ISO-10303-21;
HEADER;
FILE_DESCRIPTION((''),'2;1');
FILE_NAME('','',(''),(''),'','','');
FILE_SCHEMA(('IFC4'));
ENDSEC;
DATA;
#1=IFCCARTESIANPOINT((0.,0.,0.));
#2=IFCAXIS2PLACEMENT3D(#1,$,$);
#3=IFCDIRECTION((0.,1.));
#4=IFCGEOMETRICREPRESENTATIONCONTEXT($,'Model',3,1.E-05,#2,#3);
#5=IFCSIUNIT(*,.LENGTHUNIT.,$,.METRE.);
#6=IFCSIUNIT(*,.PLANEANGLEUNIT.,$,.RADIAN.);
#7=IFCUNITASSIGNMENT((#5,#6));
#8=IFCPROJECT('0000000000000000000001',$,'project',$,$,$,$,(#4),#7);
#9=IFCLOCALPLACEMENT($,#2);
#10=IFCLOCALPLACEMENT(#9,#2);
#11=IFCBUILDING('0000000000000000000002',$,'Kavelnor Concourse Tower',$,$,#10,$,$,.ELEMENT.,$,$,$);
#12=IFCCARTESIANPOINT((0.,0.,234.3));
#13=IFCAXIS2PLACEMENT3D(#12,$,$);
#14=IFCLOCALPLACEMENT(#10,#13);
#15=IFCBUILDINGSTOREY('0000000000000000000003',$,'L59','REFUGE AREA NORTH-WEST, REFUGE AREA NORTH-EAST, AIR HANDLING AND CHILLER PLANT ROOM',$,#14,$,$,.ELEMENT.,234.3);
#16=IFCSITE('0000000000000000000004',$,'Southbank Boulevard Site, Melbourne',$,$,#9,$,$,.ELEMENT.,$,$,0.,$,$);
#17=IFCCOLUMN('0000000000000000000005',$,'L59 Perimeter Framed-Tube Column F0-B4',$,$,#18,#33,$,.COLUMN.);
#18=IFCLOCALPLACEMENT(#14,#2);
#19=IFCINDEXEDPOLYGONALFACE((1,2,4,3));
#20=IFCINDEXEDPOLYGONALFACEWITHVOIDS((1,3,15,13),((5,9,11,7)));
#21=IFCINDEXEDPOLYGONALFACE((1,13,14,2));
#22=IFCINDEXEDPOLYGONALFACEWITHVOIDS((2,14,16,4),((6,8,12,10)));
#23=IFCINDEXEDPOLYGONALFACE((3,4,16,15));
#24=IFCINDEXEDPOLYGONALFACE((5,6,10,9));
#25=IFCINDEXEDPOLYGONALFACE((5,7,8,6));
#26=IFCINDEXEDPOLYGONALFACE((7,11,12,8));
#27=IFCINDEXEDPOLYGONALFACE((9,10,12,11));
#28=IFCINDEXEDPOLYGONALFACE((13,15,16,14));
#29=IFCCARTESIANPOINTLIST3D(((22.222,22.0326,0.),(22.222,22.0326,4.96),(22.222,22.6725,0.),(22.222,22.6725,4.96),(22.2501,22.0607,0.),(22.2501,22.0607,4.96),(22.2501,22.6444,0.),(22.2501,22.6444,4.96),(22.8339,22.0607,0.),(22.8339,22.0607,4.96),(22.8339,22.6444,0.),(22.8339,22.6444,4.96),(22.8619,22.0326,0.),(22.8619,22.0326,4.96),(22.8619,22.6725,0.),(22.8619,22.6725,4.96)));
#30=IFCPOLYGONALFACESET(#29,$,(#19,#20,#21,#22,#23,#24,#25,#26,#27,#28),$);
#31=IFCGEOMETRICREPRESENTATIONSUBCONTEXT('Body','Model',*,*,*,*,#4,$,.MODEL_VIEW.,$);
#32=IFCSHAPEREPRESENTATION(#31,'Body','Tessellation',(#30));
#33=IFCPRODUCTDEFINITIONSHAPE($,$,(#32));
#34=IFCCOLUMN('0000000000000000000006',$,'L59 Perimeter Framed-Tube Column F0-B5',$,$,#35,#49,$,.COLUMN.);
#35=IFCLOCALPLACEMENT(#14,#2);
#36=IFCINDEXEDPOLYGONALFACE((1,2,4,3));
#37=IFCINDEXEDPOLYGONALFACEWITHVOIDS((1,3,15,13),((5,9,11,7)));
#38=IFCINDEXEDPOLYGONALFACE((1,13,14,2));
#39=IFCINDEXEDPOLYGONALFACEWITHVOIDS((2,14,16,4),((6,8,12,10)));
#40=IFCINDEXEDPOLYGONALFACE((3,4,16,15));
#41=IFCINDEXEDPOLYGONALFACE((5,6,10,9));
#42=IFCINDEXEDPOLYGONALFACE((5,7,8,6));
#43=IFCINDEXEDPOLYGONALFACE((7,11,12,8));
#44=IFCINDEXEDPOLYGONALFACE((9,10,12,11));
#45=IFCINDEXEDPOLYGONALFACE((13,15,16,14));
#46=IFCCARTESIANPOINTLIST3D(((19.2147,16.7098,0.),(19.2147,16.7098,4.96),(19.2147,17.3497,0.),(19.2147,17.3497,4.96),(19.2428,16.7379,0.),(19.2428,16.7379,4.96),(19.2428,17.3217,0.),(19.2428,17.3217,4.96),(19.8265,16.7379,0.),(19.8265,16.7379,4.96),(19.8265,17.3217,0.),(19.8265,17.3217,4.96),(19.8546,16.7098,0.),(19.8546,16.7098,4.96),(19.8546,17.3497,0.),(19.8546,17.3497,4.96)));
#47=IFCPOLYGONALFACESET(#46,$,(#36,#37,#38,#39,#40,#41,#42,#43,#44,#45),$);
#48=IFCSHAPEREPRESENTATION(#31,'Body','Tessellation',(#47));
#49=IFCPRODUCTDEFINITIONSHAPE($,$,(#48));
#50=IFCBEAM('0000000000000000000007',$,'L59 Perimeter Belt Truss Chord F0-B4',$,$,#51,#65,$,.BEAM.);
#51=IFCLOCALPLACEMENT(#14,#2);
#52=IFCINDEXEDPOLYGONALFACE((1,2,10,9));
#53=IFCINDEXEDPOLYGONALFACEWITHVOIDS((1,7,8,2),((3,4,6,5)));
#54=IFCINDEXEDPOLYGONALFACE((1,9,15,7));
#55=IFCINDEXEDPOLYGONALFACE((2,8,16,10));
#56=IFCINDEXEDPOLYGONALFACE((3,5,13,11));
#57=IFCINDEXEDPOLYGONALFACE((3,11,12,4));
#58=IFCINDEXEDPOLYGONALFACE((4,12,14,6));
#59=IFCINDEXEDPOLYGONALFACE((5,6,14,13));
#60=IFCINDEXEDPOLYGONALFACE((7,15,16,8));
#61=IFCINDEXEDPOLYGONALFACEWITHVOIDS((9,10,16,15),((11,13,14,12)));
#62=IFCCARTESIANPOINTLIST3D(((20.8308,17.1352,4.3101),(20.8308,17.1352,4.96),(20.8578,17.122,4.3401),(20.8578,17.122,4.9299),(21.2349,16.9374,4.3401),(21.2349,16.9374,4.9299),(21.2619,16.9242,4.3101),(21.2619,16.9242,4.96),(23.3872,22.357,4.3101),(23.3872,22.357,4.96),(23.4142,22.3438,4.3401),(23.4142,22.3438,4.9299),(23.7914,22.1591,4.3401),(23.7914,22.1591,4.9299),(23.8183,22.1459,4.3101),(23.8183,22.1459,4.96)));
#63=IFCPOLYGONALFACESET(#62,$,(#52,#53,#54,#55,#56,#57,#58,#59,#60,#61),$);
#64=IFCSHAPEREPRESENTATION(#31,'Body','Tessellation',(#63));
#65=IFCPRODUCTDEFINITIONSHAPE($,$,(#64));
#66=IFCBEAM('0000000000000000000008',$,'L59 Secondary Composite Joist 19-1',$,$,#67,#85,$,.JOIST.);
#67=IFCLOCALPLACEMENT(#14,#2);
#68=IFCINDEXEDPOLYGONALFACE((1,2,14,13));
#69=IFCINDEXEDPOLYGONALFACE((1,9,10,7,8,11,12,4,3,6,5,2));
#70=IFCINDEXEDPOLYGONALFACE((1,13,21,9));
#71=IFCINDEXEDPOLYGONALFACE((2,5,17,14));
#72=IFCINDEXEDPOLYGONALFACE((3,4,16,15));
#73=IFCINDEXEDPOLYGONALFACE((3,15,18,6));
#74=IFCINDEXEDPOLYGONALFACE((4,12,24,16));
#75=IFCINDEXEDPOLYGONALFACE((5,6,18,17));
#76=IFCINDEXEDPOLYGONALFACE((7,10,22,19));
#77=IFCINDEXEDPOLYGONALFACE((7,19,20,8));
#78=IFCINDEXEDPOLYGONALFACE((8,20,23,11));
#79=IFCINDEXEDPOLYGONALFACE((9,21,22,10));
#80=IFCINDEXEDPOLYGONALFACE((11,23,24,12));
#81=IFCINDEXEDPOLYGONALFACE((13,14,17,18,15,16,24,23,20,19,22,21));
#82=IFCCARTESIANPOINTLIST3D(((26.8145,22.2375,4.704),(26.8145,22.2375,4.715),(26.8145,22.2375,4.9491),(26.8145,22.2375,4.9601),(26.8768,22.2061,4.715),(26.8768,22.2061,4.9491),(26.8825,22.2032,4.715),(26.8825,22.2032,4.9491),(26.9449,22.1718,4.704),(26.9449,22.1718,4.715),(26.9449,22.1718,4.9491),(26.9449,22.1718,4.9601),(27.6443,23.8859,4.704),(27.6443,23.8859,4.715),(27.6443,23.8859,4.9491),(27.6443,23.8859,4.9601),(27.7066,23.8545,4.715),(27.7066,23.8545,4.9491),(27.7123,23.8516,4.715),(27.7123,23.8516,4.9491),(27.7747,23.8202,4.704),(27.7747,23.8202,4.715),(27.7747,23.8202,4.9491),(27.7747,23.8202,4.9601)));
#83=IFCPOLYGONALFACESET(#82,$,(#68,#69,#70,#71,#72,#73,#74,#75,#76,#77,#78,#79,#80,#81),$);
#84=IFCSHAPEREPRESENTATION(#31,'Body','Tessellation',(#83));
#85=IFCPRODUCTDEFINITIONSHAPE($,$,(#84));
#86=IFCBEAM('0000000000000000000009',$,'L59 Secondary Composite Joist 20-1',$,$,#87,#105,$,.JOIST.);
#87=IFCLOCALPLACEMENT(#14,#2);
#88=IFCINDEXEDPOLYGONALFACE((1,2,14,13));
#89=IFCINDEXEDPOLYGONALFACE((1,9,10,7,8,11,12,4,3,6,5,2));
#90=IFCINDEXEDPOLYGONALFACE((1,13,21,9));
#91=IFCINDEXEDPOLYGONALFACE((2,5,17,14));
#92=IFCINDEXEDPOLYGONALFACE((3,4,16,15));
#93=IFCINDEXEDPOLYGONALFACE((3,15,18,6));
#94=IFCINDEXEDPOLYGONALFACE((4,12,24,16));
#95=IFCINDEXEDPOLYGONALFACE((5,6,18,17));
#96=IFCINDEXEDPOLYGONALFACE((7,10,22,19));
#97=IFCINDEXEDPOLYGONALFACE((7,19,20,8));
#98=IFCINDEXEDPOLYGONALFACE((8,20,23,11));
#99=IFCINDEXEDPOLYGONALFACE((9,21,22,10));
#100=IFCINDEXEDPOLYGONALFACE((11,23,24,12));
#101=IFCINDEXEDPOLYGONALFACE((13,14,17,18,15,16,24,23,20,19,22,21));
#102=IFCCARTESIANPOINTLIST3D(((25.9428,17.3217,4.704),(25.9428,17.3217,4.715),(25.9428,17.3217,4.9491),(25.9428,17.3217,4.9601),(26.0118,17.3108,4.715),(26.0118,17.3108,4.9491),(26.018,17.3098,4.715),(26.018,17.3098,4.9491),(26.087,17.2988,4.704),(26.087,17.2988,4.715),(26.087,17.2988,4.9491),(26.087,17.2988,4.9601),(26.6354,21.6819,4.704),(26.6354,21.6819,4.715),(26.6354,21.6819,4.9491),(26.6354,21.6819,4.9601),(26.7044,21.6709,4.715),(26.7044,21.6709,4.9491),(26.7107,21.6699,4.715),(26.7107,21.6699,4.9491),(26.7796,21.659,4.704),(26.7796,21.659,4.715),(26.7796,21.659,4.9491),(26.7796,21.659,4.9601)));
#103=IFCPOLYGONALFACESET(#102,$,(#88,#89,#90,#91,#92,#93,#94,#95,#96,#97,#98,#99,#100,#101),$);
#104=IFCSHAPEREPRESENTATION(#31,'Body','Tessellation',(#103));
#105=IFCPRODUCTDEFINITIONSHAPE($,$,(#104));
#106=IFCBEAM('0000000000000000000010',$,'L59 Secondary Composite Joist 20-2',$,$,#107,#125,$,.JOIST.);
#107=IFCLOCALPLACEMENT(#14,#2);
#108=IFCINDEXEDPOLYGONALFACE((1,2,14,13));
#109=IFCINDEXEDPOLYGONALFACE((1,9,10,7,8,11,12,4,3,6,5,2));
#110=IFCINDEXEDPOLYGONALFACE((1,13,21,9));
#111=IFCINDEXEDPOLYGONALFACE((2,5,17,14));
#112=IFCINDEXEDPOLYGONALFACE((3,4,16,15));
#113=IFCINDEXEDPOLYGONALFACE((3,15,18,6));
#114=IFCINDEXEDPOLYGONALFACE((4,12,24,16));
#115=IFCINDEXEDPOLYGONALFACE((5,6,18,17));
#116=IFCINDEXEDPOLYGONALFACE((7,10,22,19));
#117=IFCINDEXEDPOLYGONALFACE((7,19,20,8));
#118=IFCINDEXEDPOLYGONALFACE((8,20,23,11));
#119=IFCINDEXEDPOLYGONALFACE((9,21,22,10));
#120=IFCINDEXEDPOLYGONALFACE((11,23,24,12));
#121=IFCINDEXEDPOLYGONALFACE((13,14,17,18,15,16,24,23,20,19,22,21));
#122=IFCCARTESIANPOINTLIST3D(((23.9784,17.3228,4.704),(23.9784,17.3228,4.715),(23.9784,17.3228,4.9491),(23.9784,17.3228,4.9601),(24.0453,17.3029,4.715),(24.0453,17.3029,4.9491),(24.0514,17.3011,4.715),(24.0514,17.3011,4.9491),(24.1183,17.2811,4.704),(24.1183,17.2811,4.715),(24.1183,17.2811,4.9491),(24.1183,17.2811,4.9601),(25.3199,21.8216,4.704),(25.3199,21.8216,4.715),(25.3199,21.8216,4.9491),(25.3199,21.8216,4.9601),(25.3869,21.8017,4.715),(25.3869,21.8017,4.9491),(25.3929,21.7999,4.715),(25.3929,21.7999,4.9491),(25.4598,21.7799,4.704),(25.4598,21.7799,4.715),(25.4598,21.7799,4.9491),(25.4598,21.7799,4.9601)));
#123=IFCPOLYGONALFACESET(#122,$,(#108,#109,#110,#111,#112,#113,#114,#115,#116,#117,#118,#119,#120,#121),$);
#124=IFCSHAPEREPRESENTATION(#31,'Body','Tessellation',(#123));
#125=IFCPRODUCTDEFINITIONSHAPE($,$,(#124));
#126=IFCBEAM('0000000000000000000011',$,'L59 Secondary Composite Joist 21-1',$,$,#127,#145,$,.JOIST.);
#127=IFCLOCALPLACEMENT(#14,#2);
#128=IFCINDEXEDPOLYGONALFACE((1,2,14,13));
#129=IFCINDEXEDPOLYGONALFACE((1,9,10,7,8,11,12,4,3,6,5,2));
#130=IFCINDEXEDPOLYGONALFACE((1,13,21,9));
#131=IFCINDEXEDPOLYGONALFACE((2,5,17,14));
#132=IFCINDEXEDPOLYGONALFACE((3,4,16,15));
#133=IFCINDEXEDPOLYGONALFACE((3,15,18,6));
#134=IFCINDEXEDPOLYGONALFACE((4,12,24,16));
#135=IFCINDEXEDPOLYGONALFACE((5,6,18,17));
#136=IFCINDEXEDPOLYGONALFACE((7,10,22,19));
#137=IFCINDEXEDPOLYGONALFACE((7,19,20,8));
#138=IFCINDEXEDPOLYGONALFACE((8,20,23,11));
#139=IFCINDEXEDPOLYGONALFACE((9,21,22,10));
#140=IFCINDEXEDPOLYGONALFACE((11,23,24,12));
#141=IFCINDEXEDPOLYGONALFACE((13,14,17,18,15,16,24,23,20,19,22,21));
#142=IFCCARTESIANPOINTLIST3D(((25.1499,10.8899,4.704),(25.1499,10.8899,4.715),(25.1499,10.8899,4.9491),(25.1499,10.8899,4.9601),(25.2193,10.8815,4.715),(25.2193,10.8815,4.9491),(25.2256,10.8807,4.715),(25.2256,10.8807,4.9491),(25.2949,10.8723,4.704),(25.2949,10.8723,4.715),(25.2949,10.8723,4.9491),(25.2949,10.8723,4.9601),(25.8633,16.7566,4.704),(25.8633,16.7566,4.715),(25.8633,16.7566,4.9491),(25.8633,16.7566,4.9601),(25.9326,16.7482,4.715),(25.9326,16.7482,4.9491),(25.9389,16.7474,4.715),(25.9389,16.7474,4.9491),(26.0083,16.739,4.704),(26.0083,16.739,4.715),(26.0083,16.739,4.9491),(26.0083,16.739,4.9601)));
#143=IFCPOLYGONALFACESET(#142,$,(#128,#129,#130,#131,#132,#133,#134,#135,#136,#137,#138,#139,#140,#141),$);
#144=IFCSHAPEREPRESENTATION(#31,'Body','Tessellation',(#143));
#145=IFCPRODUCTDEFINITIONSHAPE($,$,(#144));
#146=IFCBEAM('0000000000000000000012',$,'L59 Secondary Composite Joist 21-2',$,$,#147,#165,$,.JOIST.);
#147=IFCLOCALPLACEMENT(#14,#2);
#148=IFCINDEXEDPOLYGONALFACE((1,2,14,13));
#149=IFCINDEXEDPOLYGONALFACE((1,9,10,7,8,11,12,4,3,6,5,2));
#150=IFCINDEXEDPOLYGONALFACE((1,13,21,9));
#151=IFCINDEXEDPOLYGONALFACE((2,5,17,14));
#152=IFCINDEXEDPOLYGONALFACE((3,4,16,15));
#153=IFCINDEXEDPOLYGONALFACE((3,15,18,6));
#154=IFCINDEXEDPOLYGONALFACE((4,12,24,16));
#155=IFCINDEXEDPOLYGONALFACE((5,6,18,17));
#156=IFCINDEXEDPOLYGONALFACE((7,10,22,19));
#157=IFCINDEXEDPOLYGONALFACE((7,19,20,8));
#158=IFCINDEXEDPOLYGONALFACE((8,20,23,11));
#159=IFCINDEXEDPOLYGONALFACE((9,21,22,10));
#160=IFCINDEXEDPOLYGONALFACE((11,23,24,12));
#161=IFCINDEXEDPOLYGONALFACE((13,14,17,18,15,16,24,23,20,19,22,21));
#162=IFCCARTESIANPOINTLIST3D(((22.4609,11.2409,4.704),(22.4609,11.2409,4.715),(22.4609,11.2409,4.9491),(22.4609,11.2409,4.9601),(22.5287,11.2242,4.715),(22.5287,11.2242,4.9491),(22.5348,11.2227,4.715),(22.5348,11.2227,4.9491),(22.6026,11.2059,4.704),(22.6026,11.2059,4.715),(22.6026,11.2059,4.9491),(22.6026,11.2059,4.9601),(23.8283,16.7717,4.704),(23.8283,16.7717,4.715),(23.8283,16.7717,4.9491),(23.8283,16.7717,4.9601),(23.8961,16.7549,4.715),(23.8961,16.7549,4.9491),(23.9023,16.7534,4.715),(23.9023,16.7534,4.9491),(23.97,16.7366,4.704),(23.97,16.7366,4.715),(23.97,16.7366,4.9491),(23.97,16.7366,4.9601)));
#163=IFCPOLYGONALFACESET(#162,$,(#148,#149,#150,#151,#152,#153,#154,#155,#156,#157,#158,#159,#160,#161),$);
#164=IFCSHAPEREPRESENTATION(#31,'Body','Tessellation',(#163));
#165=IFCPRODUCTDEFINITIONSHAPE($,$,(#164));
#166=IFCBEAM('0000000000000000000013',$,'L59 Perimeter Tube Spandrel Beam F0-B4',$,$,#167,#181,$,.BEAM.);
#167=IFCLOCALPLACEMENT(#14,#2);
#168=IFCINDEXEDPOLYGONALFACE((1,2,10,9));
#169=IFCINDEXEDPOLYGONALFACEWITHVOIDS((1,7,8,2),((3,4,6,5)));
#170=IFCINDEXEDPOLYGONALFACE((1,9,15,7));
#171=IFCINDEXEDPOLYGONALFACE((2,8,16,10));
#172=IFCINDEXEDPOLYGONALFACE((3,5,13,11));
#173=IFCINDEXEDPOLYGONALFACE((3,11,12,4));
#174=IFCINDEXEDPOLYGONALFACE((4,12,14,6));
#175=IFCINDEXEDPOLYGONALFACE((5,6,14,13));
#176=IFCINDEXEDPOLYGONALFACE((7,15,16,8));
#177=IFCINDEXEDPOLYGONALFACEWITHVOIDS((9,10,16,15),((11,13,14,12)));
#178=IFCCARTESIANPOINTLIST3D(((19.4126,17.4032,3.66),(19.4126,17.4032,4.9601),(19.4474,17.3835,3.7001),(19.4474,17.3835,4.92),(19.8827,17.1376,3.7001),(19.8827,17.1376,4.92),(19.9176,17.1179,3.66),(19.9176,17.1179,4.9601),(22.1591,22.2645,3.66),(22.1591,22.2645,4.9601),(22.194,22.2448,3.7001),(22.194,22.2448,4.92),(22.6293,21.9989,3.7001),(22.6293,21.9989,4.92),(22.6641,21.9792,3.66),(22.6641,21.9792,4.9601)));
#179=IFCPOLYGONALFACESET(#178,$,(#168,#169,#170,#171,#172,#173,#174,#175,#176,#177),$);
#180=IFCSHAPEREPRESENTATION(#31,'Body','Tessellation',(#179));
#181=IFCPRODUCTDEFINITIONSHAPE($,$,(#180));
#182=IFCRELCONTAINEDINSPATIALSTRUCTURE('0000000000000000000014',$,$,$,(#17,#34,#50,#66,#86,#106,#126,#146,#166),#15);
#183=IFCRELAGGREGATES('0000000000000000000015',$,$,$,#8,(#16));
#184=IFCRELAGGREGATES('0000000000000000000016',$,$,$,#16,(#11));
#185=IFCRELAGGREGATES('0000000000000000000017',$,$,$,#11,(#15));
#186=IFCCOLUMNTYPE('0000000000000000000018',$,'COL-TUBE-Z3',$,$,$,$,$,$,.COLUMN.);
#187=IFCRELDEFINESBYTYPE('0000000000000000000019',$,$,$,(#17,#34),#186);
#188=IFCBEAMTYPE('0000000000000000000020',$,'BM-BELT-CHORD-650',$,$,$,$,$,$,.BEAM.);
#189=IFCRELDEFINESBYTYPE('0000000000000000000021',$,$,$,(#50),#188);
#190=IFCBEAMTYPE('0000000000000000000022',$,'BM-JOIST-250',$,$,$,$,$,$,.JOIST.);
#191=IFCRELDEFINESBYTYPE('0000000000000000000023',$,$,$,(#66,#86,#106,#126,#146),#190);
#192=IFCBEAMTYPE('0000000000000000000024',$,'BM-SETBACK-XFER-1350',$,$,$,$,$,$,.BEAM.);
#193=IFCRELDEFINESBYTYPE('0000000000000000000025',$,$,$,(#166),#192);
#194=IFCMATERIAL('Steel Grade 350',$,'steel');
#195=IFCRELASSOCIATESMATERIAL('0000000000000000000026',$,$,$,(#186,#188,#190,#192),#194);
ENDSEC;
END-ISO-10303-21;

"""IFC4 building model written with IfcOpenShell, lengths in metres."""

from ifc_helpers import new_model, si_unit, direction, frame, origin, origin_2d, place, context, subcontext, project, spatial, hollow_rectangle, i_section, extrude, material, material_profile, profile_set, type_object, element, save


model = new_model("IFC4")

# Units and contexts
model_context = context("Model", 3, precision=1e-05, world=origin(), true_north=direction((0.0, 1.0)))
body_context = subcontext(model_context, "Body", "Model", "MODEL_VIEW")
ifc_project = project(units=[si_unit("LENGTHUNIT", "METRE"), si_unit("PLANEANGLEUNIT", "RADIAN")], contexts=[model_context])

# Site, building, storey
site_placement = place(None, origin())
site = spatial("IfcSite", under=ifc_project, at=site_placement, Name="Southbank Boulevard Site, Melbourne", CompositionType="ELEMENT", RefElevation=0.0)
building_placement = place(site_placement, origin())
building = spatial("IfcBuilding", under=site, at=building_placement, Name="Kavelnor Concourse Tower", CompositionType="ELEMENT")
storey_placement = place(building_placement, frame((0.0, 0.0, 234.3)))
storey = spatial("IfcBuildingStorey", under=building, at=storey_placement, Name="L59", Description="REFUGE AREA NORTH-WEST, REFUGE AREA NORTH-EAST, AIR HANDLING AND CHILLER PLANT ROOM", CompositionType="ELEMENT", Elevation=234.3)

# Columns
ifc_material_1 = material(Name="Steel Grade 350", Category="steel")
ifc_material_profile_1 = material_profile(ifc_material_1, hollow_rectangle(XDim=0.6399, YDim=0.6399, WallThickness=0.0281, at=origin_2d()), Name="SHS 640x640x28")
ifc_profile_set_1 = profile_set([ifc_material_profile_1], Name="Steel Grade 350")
column_type = type_object("IfcColumnType", Name="COL-TUBE-Z3", PredefinedType="COLUMN", material=ifc_profile_set_1)
for number, where, z_axis, x_axis, name in (
    (1, (22.542, 22.3525, 0.0), (0.0, 0.0, 1.0), (1.0, 0.0, 0.0), "L59 Perimeter Framed-Tube Column F0-B4"),
    (2, (19.5347, 17.0298, 0.0), (0.0, 0.0, 1.0), (1.0, 0.0, 0.0), "L59 Perimeter Framed-Tube Column F0-B5"),
):
    element("IfcColumn", number, at=place(storey_placement, frame(where, z_axis=z_axis, x_axis=x_axis)), inside=storey, type_object=column_type, Name=name, PredefinedType="COLUMN", context=body_context, shape_type="SweptSolid", body=[
        extrude(hollow_rectangle(XDim=0.6399, YDim=0.6399, WallThickness=0.0281, at=origin_2d()), origin(), (0.0, 0.0, 1.0), 4.96),
    ])

# Beams
ifc_material_profile_2 = material_profile(ifc_material_1, hollow_rectangle(XDim=0.48, YDim=0.6499, WallThickness=0.03, at=origin_2d()), Name="RHS 650x480x30")
ifc_profile_set_2 = profile_set([ifc_material_profile_2], Name="Steel Grade 350")
beam_type_1 = type_object("IfcBeamType", Name="BM-BELT-CHORD-650", PredefinedType="BEAM", material=ifc_profile_set_2)
beam_1_placement = place(storey_placement, frame((23.6028, 22.2515, 4.635), z_axis=(-0.439706, -0.898142, 0.0), x_axis=(0.898142, -0.439706, 0.0)))
element("IfcBeam", 3, at=beam_1_placement, inside=storey, type_object=beam_type_1, Name="L59 Perimeter Belt Truss Chord F0-B4", PredefinedType="BEAM", context=body_context, shape_type="SweptSolid", body=[
    extrude(hollow_rectangle(XDim=0.48, YDim=0.6499, WallThickness=0.03, at=origin_2d()), origin(), (0.0, 0.0, 1.0), 5.814),
])
ifc_material_profile_3 = material_profile(ifc_material_1, i_section(OverallWidth=0.146, OverallDepth=0.2561, WebThickness=0.0063, FlangeThickness=0.011, at=origin_2d()), Name="250UB37")
ifc_profile_set_3 = profile_set([ifc_material_profile_3], Name="Steel Grade 350")
beam_type_2 = type_object("IfcBeamType", Name="BM-JOIST-250", PredefinedType="JOIST", material=ifc_profile_set_3)
beam_2_placement = place(storey_placement, frame((27.7095, 23.853, 4.832), z_axis=(-0.449646, -0.893207, 0.0), x_axis=(0.893207, -0.449646, 0.0)))
element("IfcBeam", 4, at=beam_2_placement, inside=storey, type_object=beam_type_2, Name="L59 Secondary Composite Joist 19-1", PredefinedType="JOIST", context=body_context, shape_type="SweptSolid", body=[
    extrude(i_section(OverallWidth=0.146, OverallDepth=0.2561, WebThickness=0.0063, FlangeThickness=0.011, at=origin_2d()), origin(), (0.0, 0.0, 1.0), 1.8455),
])
beam_3_placement = place(storey_placement, frame((26.7075, 21.6704, 4.832), z_axis=(-0.156888, -0.987616, 0.0), x_axis=(0.987616, -0.156888, 0.0)))
element("IfcBeam", 5, at=beam_3_placement, inside=storey, type_object=beam_type_2, Name="L59 Secondary Composite Joist 20-1", PredefinedType="JOIST", context=body_context, shape_type="SweptSolid", body=[
    extrude(i_section(OverallWidth=0.146, OverallDepth=0.2561, WebThickness=0.0063, FlangeThickness=0.011, at=origin_2d()), origin(), (0.0, 0.0, 1.0), 4.4148),
])
beam_4_placement = place(storey_placement, frame((25.3899, 21.8008, 4.832), z_axis=(-0.285768, -0.958299, 0.0), x_axis=(0.958299, -0.285768, 0.0)))
element("IfcBeam", 6, at=beam_4_placement, inside=storey, type_object=beam_type_2, Name="L59 Secondary Composite Joist 20-2", PredefinedType="JOIST", context=body_context, shape_type="SweptSolid", body=[
    extrude(i_section(OverallWidth=0.146, OverallDepth=0.2561, WebThickness=0.0063, FlangeThickness=0.011, at=origin_2d()), origin(), (0.0, 0.0, 1.0), 4.6946),
])
beam_5_placement = place(storey_placement, frame((25.9358, 16.7478, 4.832), z_axis=(-0.120709, -0.992688, 0.0), x_axis=(0.992688, -0.120709, 0.0)))
element("IfcBeam", 7, at=beam_5_placement, inside=storey, type_object=beam_type_2, Name="L59 Secondary Composite Joist 21-1", PredefinedType="JOIST", context=body_context, shape_type="SweptSolid", body=[
    extrude(i_section(OverallWidth=0.146, OverallDepth=0.2561, WebThickness=0.0063, FlangeThickness=0.011, at=origin_2d()), origin(), (0.0, 0.0, 1.0), 5.9099),
])
beam_6_placement = place(storey_placement, frame((23.8992, 16.7542, 4.832), z_axis=(-0.240014, -0.970769, 0.0), x_axis=(0.970769, -0.240014, 0.0)))
element("IfcBeam", 8, at=beam_6_placement, inside=storey, type_object=beam_type_2, Name="L59 Secondary Composite Joist 21-2", PredefinedType="JOIST", context=body_context, shape_type="SweptSolid", body=[
    extrude(i_section(OverallWidth=0.146, OverallDepth=0.2561, WebThickness=0.0063, FlangeThickness=0.011, at=origin_2d()), origin(), (0.0, 0.0, 1.0), 5.6973),
])
ifc_material_profile_4 = material_profile(ifc_material_1, hollow_rectangle(XDim=0.5801, YDim=1.3, WallThickness=0.04, at=origin_2d()), Name="RHS 1300x580x40")
ifc_profile_set_4 = profile_set([ifc_material_profile_4], Name="Steel Grade 350")
beam_type_3 = type_object("IfcBeamType", Name="BM-SETBACK-XFER-1350", PredefinedType="BEAM", material=ifc_profile_set_4)
for number, where, z_axis, x_axis, name in (
    (9, (22.4116, 22.1218, 4.3101), (-0.491905, -0.870649, 0.0), (0.870649, -0.491905, 0.0), "L59 Perimeter Tube Spandrel Beam F0-B4"),
):
    element("IfcBeam", number, at=place(storey_placement, frame(where, z_axis=z_axis, x_axis=x_axis)), inside=storey, type_object=beam_type_3, Name=name, PredefinedType="BEAM", context=body_context, shape_type="SweptSolid", body=[
        extrude(hollow_rectangle(XDim=0.5801, YDim=1.3, WallThickness=0.04, at=origin_2d()), origin(), (0.0, 0.0, 1.0), 5.5835),
    ])

save(model, "model.ifc")
